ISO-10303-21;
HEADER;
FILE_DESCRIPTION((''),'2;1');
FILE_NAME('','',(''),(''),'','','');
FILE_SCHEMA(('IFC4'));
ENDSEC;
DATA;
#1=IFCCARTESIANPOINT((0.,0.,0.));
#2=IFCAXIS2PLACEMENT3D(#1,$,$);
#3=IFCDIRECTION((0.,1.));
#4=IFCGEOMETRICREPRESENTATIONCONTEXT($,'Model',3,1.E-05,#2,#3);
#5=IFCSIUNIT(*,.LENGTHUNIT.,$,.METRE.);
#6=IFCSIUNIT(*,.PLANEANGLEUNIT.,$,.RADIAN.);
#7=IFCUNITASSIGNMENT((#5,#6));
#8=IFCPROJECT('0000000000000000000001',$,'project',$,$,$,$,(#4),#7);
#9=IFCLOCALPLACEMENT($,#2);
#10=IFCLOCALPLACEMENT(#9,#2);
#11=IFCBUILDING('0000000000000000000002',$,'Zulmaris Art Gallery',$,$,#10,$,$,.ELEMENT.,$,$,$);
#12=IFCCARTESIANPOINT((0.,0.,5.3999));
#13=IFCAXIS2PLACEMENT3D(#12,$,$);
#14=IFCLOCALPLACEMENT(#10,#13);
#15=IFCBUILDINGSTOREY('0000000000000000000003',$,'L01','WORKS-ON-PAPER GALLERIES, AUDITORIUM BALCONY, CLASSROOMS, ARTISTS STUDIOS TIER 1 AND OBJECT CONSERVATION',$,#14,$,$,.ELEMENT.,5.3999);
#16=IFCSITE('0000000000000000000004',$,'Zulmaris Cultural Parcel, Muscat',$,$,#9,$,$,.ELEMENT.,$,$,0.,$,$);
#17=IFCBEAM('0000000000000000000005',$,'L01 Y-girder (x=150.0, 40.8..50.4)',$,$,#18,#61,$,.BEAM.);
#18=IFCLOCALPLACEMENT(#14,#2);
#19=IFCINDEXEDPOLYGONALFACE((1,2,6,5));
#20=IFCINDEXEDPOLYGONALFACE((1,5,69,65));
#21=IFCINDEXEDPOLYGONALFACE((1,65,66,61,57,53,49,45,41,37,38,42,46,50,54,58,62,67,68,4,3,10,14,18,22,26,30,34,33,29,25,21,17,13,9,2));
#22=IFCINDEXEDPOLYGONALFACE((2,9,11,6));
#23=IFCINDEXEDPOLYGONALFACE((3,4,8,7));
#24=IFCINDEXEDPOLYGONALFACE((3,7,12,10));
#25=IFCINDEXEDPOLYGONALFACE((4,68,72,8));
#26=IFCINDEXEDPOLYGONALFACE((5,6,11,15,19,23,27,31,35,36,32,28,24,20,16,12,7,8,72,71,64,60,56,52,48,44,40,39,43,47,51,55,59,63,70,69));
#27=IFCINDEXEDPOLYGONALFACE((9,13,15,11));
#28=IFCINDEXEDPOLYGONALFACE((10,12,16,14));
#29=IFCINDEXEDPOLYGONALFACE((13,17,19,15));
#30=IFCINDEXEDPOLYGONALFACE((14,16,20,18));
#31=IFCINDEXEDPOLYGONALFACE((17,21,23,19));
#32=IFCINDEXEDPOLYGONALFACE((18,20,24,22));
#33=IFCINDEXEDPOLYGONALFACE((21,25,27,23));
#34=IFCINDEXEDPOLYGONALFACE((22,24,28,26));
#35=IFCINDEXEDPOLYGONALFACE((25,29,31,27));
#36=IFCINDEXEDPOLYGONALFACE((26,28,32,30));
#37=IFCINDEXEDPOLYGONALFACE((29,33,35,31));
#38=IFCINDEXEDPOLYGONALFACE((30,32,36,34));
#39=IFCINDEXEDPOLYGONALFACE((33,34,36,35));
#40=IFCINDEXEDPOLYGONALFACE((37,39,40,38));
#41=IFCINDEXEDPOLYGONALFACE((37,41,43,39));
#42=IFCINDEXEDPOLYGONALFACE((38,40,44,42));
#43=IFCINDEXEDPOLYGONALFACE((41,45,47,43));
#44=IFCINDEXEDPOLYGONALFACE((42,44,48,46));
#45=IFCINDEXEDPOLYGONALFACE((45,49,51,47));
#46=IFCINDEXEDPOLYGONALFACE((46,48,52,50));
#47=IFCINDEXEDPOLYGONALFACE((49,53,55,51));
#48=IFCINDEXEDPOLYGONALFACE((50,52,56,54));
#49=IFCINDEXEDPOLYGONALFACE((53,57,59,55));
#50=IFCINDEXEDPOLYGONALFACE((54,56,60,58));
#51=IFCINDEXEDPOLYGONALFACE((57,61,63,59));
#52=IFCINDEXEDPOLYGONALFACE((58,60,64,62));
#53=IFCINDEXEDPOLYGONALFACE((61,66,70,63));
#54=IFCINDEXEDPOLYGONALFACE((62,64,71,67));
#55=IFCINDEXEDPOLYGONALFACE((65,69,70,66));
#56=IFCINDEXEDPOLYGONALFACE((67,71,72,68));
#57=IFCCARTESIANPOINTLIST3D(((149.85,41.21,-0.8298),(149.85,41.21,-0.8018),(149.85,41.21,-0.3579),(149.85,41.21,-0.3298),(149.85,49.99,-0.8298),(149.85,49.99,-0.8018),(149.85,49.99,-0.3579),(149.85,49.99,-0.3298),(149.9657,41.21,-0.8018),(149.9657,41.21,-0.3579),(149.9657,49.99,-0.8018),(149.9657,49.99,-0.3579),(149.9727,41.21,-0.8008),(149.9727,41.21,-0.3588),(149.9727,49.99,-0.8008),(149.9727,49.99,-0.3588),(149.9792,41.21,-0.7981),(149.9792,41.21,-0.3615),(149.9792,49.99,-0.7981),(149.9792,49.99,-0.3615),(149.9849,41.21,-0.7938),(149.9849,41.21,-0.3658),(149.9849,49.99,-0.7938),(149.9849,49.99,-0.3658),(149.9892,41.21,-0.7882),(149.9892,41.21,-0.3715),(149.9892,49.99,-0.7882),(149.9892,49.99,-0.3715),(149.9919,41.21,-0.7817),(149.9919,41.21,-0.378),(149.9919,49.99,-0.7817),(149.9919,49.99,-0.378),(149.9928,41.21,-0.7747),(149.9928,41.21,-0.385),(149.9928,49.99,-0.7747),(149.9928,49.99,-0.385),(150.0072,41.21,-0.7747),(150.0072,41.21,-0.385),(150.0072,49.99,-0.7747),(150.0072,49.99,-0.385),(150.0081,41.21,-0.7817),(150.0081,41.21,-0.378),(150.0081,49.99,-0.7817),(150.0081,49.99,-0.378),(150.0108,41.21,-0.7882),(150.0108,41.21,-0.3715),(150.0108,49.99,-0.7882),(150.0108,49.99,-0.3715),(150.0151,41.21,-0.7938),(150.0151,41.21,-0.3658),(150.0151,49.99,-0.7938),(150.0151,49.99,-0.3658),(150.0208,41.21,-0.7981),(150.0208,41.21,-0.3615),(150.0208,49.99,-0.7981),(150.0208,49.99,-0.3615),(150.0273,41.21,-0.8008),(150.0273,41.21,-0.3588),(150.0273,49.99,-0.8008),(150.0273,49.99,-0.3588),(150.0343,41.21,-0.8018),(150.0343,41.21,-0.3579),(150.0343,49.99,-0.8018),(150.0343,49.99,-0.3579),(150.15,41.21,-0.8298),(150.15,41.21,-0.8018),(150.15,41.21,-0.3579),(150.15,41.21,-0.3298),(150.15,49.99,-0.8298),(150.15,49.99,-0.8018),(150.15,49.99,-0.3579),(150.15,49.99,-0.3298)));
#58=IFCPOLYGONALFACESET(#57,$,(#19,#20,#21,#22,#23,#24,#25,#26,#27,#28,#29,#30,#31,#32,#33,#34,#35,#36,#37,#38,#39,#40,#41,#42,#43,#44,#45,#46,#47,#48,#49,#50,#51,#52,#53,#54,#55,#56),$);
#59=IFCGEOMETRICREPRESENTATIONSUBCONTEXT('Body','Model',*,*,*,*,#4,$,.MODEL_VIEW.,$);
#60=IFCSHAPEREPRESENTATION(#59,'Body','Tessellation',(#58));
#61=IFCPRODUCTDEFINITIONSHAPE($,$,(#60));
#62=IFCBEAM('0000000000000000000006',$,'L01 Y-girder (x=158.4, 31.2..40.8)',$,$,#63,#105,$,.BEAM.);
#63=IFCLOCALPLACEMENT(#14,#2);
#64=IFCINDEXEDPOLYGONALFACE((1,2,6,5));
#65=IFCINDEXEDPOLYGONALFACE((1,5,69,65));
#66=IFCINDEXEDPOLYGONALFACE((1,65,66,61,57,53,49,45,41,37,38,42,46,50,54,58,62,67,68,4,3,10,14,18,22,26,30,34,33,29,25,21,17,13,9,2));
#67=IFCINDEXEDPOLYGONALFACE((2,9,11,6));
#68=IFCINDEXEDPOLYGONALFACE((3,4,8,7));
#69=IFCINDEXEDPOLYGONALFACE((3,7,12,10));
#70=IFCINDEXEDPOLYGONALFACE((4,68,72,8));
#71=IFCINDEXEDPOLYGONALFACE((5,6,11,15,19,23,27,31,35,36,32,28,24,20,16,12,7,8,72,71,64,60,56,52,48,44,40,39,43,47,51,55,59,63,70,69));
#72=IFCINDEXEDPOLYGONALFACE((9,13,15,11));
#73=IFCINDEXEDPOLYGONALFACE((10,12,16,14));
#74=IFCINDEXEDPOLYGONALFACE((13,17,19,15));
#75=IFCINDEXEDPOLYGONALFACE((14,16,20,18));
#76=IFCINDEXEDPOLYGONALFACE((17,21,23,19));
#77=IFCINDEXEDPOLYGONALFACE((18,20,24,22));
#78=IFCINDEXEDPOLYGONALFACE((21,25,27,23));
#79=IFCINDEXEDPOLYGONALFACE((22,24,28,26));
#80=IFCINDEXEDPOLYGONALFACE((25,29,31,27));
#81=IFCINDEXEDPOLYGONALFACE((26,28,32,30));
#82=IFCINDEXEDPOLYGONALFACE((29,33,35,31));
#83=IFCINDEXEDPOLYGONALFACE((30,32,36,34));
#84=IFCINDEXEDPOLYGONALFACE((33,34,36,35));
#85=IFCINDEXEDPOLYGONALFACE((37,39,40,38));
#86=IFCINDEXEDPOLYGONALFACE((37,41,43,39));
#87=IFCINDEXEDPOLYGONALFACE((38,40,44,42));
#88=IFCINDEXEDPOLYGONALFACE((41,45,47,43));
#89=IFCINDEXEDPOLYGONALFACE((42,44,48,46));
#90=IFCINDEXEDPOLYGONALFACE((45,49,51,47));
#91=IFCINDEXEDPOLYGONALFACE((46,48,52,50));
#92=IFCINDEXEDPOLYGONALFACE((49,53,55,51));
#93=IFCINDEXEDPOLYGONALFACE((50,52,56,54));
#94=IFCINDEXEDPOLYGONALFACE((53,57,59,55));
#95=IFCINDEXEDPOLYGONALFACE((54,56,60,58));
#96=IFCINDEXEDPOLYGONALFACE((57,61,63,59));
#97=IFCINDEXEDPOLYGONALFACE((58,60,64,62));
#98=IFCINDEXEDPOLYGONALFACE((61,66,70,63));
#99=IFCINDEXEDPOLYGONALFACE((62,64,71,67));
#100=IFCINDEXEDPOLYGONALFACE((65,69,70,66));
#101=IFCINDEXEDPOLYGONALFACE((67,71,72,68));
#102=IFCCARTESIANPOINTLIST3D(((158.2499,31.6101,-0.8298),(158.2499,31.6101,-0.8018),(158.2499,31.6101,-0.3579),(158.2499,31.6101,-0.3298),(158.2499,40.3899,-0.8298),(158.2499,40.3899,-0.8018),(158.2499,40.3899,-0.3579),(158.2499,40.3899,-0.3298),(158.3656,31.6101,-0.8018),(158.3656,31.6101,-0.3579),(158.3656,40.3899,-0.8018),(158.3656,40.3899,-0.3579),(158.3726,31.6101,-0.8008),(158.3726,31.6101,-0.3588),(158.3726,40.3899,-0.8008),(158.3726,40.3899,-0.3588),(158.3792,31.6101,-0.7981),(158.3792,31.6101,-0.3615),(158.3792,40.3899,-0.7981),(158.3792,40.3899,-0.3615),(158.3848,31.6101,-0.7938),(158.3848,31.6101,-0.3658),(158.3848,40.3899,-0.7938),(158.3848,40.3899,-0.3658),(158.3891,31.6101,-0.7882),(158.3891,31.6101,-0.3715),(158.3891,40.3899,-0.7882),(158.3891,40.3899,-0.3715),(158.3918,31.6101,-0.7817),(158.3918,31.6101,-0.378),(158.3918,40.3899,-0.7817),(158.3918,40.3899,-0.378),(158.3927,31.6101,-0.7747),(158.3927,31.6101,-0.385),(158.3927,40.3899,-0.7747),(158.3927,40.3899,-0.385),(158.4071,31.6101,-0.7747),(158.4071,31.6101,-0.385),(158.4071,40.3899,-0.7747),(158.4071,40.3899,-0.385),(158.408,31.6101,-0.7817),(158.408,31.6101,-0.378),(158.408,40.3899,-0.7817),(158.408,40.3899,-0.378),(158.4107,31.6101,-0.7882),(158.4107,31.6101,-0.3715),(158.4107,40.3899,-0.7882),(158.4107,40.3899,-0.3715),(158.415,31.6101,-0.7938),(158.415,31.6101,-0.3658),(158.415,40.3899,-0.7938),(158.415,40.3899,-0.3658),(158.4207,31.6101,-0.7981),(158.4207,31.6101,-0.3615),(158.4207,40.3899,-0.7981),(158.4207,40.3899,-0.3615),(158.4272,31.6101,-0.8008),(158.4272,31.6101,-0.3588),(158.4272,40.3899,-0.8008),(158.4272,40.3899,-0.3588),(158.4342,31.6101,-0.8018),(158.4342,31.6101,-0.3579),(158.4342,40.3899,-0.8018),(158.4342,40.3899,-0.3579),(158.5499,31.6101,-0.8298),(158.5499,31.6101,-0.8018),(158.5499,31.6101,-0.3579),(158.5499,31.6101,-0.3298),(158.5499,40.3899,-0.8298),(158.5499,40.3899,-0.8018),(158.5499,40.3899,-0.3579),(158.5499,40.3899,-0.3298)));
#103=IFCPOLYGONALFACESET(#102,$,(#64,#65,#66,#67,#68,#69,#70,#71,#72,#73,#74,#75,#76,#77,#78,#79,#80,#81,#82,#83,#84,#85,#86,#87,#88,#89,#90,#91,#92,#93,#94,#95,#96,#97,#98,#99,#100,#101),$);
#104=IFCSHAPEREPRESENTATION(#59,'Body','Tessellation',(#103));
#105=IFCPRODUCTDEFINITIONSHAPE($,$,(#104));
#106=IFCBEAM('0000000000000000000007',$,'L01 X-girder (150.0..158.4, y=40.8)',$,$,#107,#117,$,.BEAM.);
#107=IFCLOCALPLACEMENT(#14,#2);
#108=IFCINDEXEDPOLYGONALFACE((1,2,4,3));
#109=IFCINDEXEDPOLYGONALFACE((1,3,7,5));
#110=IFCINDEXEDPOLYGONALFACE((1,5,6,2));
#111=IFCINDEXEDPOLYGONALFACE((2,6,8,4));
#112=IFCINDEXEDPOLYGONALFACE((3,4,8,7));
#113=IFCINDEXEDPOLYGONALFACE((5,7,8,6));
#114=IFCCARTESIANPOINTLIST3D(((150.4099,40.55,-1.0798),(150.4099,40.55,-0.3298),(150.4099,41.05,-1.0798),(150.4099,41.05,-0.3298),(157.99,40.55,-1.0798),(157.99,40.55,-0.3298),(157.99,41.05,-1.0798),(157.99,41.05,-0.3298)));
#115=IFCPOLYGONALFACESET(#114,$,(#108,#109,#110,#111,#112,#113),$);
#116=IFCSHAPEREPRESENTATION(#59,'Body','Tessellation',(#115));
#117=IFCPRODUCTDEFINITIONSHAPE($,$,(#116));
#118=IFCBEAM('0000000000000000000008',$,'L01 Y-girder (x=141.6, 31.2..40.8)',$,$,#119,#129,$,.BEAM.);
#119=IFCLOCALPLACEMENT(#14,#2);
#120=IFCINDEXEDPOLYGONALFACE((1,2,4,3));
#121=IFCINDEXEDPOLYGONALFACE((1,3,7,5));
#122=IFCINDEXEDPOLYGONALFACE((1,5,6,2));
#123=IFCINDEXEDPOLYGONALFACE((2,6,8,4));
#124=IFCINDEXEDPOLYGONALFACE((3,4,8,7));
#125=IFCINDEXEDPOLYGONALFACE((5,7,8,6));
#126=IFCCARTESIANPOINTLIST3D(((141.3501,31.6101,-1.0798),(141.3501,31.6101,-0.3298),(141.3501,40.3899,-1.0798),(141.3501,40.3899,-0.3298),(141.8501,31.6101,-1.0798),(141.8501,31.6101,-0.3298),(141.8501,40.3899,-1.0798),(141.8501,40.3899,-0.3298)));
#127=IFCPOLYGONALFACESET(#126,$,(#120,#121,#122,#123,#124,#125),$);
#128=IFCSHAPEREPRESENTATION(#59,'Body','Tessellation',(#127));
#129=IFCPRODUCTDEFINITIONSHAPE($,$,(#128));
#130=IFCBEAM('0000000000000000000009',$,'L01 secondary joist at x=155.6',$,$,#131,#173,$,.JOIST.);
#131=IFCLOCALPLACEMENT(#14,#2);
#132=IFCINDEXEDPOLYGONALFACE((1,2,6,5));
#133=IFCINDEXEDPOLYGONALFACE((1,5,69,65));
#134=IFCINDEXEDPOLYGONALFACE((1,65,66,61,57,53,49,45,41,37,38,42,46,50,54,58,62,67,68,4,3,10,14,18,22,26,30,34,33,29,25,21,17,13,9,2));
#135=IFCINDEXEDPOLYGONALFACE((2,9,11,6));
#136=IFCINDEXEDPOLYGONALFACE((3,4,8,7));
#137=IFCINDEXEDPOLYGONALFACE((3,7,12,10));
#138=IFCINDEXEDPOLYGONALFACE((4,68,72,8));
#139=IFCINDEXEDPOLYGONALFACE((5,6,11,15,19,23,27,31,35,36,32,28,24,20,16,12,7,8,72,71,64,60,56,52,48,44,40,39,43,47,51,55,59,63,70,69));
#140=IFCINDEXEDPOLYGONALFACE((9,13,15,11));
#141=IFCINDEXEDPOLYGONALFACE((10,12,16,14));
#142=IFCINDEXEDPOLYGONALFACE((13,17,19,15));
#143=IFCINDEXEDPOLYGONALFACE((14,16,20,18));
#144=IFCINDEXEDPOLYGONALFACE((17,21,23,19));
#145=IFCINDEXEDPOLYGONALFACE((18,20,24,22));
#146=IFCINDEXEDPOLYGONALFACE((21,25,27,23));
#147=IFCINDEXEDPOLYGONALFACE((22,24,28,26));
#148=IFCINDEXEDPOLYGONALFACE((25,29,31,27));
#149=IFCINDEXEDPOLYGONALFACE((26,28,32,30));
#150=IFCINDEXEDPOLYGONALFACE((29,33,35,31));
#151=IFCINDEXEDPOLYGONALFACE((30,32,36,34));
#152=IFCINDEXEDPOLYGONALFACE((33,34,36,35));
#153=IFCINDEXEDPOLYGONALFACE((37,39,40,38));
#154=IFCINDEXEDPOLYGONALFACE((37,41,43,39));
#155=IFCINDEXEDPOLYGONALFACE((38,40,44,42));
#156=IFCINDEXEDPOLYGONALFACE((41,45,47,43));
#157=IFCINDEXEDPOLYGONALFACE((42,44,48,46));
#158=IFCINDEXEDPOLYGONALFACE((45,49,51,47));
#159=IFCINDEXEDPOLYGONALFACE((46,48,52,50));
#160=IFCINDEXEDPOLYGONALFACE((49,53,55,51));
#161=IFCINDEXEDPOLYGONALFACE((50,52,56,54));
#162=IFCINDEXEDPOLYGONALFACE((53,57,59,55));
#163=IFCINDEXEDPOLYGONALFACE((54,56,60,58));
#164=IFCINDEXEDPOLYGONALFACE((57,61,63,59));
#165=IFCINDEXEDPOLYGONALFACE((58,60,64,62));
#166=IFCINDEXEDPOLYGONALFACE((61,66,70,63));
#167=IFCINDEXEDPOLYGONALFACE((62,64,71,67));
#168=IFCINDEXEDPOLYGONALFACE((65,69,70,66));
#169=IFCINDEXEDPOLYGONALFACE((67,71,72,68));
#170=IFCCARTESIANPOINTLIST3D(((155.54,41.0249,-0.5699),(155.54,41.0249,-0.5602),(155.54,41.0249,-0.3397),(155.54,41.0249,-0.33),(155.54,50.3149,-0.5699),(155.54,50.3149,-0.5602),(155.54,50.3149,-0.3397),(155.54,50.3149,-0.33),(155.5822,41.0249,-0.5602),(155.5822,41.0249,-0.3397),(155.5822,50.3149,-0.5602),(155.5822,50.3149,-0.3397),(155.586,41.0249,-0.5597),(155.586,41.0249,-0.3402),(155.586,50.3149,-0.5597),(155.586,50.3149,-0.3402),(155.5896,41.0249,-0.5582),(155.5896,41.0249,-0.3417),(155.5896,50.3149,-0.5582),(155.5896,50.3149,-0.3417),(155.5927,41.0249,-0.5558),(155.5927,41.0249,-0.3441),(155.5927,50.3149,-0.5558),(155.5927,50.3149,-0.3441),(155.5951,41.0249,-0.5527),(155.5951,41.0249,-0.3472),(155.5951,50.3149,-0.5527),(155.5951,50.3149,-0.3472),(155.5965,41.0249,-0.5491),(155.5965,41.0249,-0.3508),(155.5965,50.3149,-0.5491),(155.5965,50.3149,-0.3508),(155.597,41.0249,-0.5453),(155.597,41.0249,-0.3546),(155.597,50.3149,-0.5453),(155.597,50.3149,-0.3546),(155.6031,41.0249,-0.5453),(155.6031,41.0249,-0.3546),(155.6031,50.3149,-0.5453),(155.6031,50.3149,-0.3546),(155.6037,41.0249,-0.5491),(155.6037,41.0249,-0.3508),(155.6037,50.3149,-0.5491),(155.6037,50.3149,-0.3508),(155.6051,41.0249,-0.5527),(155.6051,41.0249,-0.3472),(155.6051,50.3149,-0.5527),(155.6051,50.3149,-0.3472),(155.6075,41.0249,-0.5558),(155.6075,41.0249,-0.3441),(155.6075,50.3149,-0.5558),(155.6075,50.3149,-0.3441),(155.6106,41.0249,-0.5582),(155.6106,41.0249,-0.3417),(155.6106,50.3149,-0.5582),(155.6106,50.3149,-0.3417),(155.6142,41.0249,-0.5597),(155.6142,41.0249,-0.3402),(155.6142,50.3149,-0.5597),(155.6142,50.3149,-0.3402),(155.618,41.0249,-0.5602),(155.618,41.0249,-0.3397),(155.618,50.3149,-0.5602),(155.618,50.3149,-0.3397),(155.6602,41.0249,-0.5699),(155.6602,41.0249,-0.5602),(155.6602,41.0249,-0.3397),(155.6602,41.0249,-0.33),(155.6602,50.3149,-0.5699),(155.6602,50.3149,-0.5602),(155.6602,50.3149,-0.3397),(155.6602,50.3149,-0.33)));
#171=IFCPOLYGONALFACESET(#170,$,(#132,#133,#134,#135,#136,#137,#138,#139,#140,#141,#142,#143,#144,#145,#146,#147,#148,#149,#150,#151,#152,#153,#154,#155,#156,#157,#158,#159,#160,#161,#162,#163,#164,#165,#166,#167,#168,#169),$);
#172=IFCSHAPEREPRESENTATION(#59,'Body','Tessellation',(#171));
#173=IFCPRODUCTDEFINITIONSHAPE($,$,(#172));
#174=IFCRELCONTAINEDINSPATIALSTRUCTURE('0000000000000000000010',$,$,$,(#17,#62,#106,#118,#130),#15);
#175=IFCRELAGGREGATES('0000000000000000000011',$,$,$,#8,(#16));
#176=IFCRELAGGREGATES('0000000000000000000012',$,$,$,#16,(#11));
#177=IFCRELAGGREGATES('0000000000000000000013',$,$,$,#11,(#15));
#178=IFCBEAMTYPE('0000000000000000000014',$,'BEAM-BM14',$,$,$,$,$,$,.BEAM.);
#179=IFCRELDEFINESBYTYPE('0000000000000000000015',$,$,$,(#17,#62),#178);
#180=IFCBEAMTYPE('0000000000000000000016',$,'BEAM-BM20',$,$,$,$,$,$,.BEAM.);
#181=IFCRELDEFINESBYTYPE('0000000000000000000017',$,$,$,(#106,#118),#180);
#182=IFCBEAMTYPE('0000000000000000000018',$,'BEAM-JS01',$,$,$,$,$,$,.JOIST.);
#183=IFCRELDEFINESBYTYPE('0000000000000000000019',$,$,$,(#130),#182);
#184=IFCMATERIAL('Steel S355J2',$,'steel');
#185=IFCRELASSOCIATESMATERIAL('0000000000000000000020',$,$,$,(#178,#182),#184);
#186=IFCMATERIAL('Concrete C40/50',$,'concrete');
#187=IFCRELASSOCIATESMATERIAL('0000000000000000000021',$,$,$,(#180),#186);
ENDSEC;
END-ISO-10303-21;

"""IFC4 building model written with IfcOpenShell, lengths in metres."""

from ifc_helpers import new_model, si_unit, direction, frame, origin, origin_2d, place, context, subcontext, project, spatial, rectangle, i_section, extrude, material, material_profile, profile_set, type_object, element, save


model = new_model("IFC4")

# Units and contexts
model_context = context("Model", 3, precision=1e-05, world=origin(), true_north=direction((0.0, 1.0)))
body_context = subcontext(model_context, "Body", "Model", "MODEL_VIEW")
ifc_project = project(units=[si_unit("LENGTHUNIT", "METRE"), si_unit("PLANEANGLEUNIT", "RADIAN")], contexts=[model_context])

# Site, building, storey
site_placement = place(None, origin())
site = spatial("IfcSite", under=ifc_project, at=site_placement, Name="Zulmaris Cultural Parcel, Muscat", CompositionType="ELEMENT", RefElevation=0.0)
building_placement = place(site_placement, origin())
building = spatial("IfcBuilding", under=site, at=building_placement, Name="Zulmaris Art Gallery", CompositionType="ELEMENT")
storey_placement = place(building_placement, frame((0.0, 0.0, 5.3999)))
storey = spatial("IfcBuildingStorey", under=building, at=storey_placement, Name="L01", Description="WORKS-ON-PAPER GALLERIES, AUDITORIUM BALCONY, CLASSROOMS, ARTISTS STUDIOS TIER 1 AND OBJECT CONSERVATION", CompositionType="ELEMENT", Elevation=5.3999)

# Beams
ifc_material_1 = material(Name="Steel S355J2", Category="steel")
ifc_material_profile_1 = material_profile(ifc_material_1, i_section(OverallWidth=0.3, OverallDepth=0.5, WebThickness=0.0144, FlangeThickness=0.0281, FilletRadius=0.0271, at=origin_2d()), Name="HEB 500")
ifc_profile_set_1 = profile_set([ifc_material_profile_1], Name="Steel S355J2")
beam_type_1 = type_object("IfcBeamType", Name="BEAM-BM14", PredefinedType="BEAM", material=ifc_profile_set_1)
beam_1_placement = place(storey_placement, frame((150.0, 41.21, -0.5798), z_axis=(0.0, 1.0, 0.0), x_axis=(-1.0, 0.0, 0.0)))
element("IfcBeam", 1, at=beam_1_placement, inside=storey, type_object=beam_type_1, Name="L01 Y-girder (x=150.0, 40.8..50.4)", PredefinedType="BEAM", context=body_context, shape_type="SweptSolid", body=[
    extrude(i_section(OverallWidth=0.3, OverallDepth=0.5, WebThickness=0.0144, FlangeThickness=0.0281, FilletRadius=0.0271, at=origin_2d()), origin(), (0.0, 0.0, 1.0), 8.78),
])
beam_2_placement = place(storey_placement, frame((158.3999, 31.6101, -0.5798), z_axis=(0.0, 1.0, 0.0), x_axis=(-1.0, 0.0, 0.0)))
element("IfcBeam", 2, at=beam_2_placement, inside=storey, type_object=beam_type_1, Name="L01 Y-girder (x=158.4, 31.2..40.8)", PredefinedType="BEAM", context=body_context, shape_type="SweptSolid", body=[
    extrude(i_section(OverallWidth=0.3, OverallDepth=0.5, WebThickness=0.0144, FlangeThickness=0.0281, FilletRadius=0.0271, at=origin_2d()), origin(), (0.0, 0.0, 1.0), 8.7798),
])
ifc_material_2 = material(Name="Concrete C40/50", Category="concrete")
ifc_material_profile_2 = material_profile(ifc_material_2, rectangle(XDim=0.5, YDim=0.75, at=origin_2d()), Name="RC 500x750")
ifc_profile_set_2 = profile_set([ifc_material_profile_2], Name="Concrete C40/50")
beam_type_2 = type_object("IfcBeamType", Name="BEAM-BM20", PredefinedType="BEAM", material=ifc_profile_set_2)
beam_3_placement = place(storey_placement, frame((150.4099, 40.8, -0.7048), z_axis=(1.0, 0.0, 0.0), x_axis=(0.0, 1.0, 0.0)))
element("IfcBeam", 3, at=beam_3_placement, inside=storey, type_object=beam_type_2, Name="L01 X-girder (150.0..158.4, y=40.8)", PredefinedType="BEAM", context=body_context, shape_type="SweptSolid", body=[
    extrude(rectangle(XDim=0.5, YDim=0.75, at=origin_2d()), origin(), (0.0, 0.0, 1.0), 7.5801),
])
beam_4_placement = place(storey_placement, frame((141.6001, 31.6101, -0.7048), z_axis=(0.0, 1.0, 0.0), x_axis=(-1.0, 0.0, 0.0)))
element("IfcBeam", 4, at=beam_4_placement, inside=storey, type_object=beam_type_2, Name="L01 Y-girder (x=141.6, 31.2..40.8)", PredefinedType="BEAM", context=body_context, shape_type="SweptSolid", body=[
    extrude(rectangle(XDim=0.5, YDim=0.75, at=origin_2d()), origin(), (0.0, 0.0, 1.0), 8.7798),
])
ifc_material_profile_3 = material_profile(ifc_material_1, i_section(OverallWidth=0.1201, OverallDepth=0.24, WebThickness=0.0061, FlangeThickness=0.0098, FilletRadius=0.0149, at=origin_2d()), Name="IPE 240")
ifc_profile_set_3 = profile_set([ifc_material_profile_3], Name="Steel S355J2")
beam_type_3 = type_object("IfcBeamType", Name="BEAM-JS01", PredefinedType="JOIST", material=ifc_profile_set_3)
beam_5_placement = place(storey_placement, frame((155.6001, 41.0249, -0.45), z_axis=(0.0, 1.0, 0.0), x_axis=(-1.0, 0.0, 0.0)))
element("IfcBeam", 5, at=beam_5_placement, inside=storey, type_object=beam_type_3, Name="L01 secondary joist at x=155.6", PredefinedType="JOIST", context=body_context, shape_type="SweptSolid", body=[
    extrude(i_section(OverallWidth=0.1201, OverallDepth=0.24, WebThickness=0.0061, FlangeThickness=0.0098, FilletRadius=0.0149, at=origin_2d()), origin(), (0.0, 0.0, 1.0), 9.29),
])

save(model, "model.ifc")
